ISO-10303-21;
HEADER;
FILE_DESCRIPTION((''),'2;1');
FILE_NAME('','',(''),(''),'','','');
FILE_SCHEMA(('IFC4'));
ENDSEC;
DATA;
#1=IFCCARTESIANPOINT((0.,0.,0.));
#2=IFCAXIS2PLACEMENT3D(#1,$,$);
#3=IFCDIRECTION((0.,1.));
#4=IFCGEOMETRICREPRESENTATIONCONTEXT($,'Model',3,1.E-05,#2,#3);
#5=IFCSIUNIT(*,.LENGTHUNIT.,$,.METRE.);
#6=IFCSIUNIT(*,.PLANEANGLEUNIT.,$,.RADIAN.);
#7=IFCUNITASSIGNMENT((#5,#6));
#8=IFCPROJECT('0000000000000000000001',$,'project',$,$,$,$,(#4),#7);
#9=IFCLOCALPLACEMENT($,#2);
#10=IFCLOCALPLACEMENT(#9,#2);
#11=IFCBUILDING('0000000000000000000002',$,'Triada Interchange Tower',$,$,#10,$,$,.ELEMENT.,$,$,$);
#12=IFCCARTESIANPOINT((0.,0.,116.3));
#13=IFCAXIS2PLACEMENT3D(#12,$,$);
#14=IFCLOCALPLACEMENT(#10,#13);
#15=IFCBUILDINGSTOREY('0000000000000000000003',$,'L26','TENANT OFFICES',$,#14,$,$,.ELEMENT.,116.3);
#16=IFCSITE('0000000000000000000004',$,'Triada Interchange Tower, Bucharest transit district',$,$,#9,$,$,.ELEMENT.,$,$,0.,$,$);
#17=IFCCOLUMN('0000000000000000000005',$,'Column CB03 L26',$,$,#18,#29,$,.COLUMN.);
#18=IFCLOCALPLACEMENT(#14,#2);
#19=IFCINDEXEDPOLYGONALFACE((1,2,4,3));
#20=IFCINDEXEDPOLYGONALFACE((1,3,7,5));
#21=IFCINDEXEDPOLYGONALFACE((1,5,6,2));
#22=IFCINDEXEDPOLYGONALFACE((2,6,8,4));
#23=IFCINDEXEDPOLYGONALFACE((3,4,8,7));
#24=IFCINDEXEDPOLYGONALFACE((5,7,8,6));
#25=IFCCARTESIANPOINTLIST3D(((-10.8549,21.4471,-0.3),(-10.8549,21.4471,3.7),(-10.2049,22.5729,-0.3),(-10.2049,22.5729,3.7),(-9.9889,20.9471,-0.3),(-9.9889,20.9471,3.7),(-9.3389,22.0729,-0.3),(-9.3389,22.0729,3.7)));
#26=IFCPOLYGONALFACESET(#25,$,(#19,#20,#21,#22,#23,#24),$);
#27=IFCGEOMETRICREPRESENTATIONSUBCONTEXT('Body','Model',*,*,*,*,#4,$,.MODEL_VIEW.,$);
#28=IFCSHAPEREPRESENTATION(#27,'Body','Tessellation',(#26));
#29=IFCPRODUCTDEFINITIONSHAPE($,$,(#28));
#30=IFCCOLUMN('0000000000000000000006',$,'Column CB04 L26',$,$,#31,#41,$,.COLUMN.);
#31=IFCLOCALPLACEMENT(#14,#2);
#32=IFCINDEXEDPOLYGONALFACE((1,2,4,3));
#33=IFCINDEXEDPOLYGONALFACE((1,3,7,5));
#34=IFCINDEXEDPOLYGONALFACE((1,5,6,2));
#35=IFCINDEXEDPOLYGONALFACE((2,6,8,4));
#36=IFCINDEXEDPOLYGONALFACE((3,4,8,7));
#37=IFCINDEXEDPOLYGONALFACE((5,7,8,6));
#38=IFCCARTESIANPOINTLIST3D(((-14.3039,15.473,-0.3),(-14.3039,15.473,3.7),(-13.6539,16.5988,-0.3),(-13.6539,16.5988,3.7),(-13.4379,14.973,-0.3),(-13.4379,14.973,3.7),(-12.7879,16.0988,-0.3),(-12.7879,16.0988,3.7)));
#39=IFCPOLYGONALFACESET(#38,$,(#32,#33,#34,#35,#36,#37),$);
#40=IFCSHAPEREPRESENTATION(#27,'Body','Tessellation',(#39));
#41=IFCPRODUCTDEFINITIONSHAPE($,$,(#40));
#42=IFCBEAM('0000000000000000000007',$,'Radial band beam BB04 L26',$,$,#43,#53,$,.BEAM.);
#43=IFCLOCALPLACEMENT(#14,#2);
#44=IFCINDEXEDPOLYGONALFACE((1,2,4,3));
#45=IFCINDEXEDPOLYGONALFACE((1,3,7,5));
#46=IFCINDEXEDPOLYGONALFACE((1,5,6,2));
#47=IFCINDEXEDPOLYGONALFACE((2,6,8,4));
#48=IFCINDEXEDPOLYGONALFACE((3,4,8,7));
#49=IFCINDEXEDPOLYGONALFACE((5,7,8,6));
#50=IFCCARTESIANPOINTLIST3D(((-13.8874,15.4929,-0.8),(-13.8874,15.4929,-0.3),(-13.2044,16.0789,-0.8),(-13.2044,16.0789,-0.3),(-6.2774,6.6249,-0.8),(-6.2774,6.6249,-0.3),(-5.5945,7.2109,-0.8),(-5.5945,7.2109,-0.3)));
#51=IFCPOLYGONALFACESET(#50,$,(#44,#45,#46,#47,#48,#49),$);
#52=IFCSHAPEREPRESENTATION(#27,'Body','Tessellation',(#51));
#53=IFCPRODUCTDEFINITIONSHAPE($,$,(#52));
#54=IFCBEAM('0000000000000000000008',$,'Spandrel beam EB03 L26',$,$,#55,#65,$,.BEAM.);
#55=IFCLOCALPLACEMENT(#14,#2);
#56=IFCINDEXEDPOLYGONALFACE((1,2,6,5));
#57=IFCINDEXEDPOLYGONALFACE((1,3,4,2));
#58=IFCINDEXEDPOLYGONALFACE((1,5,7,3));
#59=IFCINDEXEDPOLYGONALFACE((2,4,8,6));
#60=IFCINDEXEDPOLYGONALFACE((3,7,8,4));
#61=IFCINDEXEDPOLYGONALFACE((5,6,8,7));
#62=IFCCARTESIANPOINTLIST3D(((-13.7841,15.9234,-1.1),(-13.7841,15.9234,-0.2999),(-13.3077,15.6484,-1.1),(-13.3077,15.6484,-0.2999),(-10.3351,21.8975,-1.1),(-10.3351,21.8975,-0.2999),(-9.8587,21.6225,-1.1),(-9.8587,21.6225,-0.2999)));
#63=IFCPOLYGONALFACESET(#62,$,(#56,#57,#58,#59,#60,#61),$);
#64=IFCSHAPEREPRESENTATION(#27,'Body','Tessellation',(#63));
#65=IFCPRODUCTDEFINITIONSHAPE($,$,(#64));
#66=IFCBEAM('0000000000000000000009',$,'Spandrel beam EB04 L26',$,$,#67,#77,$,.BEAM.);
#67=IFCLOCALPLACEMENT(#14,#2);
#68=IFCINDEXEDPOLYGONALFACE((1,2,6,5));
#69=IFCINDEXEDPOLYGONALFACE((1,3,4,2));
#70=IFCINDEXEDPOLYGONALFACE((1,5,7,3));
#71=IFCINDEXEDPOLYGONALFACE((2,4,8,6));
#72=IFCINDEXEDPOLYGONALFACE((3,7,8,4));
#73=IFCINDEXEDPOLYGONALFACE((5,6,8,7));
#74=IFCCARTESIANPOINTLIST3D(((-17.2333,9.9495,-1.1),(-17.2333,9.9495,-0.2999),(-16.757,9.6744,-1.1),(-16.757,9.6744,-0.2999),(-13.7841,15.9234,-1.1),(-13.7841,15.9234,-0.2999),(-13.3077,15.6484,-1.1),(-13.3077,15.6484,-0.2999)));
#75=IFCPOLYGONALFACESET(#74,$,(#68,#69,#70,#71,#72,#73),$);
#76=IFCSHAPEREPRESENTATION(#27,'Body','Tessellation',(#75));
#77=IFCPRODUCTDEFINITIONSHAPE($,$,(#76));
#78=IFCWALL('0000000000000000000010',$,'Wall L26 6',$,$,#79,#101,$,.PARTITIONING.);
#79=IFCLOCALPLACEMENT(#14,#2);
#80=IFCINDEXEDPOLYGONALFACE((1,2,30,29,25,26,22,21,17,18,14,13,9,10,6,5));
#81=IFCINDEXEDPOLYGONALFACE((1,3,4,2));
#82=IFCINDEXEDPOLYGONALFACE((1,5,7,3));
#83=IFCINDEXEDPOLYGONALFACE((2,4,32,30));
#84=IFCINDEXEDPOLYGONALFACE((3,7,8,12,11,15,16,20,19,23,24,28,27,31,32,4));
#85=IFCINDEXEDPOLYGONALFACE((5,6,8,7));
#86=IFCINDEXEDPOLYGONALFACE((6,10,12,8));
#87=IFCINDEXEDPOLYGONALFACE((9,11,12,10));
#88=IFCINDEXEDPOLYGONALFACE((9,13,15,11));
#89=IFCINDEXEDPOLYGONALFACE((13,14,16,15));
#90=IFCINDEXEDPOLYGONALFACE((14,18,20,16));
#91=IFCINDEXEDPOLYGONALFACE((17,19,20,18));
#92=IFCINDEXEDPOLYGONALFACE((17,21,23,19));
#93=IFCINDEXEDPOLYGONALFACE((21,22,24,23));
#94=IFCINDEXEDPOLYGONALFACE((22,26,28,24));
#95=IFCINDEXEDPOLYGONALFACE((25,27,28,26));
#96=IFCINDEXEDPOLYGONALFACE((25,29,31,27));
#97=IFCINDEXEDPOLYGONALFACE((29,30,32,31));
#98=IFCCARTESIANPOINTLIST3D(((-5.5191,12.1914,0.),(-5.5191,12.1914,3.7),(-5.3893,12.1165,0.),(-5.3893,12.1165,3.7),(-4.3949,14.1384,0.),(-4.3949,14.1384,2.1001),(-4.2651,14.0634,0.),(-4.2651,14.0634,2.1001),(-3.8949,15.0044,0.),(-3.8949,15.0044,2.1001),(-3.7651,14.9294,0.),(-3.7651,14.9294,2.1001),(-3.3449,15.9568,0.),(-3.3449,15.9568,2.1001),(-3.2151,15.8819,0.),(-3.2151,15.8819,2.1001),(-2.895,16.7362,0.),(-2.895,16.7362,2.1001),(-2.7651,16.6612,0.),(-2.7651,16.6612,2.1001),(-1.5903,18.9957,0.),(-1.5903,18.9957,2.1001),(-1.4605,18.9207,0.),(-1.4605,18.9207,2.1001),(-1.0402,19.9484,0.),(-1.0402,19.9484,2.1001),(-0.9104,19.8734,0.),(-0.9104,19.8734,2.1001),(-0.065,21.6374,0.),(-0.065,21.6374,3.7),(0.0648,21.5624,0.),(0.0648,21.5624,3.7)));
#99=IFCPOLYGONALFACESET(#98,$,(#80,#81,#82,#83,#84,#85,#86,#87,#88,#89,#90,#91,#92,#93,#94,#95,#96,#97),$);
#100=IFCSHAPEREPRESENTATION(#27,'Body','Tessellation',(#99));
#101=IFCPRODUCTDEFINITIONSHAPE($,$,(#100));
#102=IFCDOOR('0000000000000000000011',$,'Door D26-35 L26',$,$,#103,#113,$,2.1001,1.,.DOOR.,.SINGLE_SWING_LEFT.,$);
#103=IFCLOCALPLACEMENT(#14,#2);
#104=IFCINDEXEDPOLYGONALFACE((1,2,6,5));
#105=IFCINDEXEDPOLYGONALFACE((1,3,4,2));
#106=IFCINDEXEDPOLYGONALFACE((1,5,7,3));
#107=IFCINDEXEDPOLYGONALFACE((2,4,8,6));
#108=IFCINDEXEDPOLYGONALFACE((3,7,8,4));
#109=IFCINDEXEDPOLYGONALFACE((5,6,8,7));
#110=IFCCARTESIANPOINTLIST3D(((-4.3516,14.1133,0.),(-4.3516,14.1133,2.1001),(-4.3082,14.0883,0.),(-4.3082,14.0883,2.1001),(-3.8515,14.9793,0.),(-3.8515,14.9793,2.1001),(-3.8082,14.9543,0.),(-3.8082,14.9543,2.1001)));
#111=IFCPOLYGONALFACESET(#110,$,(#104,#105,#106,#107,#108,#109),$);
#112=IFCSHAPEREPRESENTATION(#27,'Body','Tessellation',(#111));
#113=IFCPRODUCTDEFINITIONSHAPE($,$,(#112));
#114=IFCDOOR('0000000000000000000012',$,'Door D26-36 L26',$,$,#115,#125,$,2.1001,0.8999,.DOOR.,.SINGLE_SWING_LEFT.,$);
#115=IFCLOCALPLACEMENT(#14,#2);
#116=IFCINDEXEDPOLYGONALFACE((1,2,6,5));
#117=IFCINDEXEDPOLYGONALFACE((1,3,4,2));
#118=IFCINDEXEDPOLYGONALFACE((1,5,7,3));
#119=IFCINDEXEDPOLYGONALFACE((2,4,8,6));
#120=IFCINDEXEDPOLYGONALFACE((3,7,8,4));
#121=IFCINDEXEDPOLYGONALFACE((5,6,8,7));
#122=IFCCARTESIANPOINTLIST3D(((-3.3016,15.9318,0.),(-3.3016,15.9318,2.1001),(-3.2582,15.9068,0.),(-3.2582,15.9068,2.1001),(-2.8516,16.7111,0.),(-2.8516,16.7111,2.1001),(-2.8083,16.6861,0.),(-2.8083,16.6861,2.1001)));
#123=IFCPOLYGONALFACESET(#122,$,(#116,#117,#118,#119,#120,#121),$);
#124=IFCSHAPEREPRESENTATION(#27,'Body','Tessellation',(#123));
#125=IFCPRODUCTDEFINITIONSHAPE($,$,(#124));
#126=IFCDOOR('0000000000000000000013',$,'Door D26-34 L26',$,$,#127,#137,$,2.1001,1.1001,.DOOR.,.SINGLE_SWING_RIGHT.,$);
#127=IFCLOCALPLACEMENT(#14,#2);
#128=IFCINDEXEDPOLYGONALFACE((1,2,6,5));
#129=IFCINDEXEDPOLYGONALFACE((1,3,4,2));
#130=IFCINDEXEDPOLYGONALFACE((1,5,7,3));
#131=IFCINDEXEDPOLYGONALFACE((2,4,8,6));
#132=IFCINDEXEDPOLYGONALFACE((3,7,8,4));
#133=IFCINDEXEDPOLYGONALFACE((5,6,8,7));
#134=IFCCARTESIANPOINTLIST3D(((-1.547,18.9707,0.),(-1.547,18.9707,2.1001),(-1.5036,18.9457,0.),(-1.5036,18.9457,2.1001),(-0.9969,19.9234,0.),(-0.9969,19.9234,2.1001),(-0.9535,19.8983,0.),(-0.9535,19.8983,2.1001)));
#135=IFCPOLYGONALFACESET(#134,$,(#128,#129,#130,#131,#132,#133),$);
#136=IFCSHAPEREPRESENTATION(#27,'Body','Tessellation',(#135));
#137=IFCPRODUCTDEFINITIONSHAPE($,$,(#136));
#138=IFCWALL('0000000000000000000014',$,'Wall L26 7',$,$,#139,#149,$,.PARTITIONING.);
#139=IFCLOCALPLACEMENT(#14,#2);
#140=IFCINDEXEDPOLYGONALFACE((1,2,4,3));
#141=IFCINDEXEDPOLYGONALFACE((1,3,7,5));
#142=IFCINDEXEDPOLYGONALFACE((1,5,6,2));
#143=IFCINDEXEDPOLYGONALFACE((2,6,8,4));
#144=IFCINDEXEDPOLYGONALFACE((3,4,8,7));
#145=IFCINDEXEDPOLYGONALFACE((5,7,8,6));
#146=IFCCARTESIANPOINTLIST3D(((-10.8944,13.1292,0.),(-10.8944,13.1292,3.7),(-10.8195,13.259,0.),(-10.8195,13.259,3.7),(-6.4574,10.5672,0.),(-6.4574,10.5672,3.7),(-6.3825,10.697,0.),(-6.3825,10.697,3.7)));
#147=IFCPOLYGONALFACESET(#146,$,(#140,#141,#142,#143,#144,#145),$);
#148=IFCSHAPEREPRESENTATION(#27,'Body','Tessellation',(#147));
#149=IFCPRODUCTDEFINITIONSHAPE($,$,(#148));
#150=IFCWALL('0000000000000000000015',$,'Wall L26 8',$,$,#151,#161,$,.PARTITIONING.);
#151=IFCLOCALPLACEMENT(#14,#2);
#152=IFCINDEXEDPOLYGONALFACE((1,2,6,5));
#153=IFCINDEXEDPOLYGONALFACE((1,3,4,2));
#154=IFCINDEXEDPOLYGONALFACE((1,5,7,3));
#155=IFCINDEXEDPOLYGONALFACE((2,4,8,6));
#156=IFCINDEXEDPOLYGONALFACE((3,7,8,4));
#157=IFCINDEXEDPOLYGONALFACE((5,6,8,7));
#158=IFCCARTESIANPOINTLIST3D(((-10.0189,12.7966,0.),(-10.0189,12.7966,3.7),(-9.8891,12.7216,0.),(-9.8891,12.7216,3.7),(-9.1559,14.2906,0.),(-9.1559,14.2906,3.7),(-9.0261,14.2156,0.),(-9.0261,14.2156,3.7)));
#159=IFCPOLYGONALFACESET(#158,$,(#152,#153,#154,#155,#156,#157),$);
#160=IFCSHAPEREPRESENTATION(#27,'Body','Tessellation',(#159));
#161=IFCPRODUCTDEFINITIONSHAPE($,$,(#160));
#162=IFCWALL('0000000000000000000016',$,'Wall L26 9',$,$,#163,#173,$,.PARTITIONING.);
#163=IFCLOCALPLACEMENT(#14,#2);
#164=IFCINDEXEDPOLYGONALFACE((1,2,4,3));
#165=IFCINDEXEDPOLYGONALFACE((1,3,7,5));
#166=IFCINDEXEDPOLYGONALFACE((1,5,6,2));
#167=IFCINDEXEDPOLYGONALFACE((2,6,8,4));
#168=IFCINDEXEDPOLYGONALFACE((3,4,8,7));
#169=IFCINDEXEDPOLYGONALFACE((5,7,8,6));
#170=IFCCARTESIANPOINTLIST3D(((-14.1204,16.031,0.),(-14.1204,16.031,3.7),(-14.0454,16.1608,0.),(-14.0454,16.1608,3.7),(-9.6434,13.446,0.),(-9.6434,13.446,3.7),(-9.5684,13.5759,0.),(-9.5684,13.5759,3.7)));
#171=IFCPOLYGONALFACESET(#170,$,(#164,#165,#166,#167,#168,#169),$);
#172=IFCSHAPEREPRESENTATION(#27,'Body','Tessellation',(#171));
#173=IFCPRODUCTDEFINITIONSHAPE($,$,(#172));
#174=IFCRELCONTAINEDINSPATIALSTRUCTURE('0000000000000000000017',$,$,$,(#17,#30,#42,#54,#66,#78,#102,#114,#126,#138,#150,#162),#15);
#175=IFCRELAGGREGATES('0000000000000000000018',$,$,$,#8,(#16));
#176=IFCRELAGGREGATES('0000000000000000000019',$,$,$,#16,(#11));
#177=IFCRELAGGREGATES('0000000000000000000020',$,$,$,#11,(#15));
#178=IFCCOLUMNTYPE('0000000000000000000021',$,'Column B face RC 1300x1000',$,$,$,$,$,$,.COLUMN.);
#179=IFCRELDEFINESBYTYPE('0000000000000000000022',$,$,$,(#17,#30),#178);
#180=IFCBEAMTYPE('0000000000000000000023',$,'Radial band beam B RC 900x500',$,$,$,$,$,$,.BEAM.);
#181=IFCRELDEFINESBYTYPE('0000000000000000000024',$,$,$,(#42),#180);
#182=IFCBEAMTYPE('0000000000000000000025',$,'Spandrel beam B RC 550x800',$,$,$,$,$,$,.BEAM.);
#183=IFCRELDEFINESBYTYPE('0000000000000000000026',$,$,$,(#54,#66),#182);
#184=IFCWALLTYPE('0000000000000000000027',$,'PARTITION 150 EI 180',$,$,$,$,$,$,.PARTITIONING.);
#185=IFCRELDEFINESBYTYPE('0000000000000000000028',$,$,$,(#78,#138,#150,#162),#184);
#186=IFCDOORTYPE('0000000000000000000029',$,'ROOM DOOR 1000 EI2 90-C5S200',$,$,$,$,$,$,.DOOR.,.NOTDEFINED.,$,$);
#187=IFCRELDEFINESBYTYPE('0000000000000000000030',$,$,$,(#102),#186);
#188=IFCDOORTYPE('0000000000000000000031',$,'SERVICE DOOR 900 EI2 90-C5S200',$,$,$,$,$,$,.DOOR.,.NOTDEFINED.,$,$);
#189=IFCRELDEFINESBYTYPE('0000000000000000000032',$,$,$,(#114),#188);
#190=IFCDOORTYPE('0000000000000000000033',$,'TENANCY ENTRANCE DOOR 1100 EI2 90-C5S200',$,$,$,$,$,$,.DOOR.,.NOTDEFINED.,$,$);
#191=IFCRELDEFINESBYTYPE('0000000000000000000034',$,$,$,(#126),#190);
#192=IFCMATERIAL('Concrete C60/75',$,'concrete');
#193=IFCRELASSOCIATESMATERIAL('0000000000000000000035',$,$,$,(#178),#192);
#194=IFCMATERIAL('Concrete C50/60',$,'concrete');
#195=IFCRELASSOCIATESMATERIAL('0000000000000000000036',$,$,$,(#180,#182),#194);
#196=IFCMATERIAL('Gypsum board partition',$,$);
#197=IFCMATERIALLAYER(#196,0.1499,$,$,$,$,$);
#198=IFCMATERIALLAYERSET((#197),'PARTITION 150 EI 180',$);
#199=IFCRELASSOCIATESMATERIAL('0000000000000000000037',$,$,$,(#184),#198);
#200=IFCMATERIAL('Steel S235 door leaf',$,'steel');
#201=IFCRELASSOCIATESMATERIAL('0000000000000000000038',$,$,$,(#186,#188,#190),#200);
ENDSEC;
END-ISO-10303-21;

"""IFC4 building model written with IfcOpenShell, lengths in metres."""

from ifc_helpers import new_model, si_unit, direction, frame, frame_2d, origin, origin_2d, place, context, subcontext, project, spatial, rectangle, extrude, material, layer, layer_set, material_profile, profile_set, type_object, element, fill, save


model = new_model("IFC4")

# Units and contexts
model_context = context("Model", 3, precision=1e-05, world=origin(), true_north=direction((0.0, 1.0)))
body_context = subcontext(model_context, "Body", "Model", "MODEL_VIEW")
ifc_project = project(units=[si_unit("LENGTHUNIT", "METRE"), si_unit("PLANEANGLEUNIT", "RADIAN")], contexts=[model_context])

# Site, building, storey
site_placement = place(None, origin())
site = spatial("IfcSite", under=ifc_project, at=site_placement, Name="Triada Interchange Tower, Bucharest transit district", CompositionType="ELEMENT", RefElevation=0.0)
building_placement = place(site_placement, origin())
building = spatial("IfcBuilding", under=site, at=building_placement, Name="Triada Interchange Tower", CompositionType="ELEMENT")
storey_placement = place(building_placement, frame((0.0, 0.0, 116.3)))
storey = spatial("IfcBuildingStorey", under=building, at=storey_placement, Name="L26", Description="TENANT OFFICES", CompositionType="ELEMENT", Elevation=116.3)

# Columns
ifc_material_1 = material(Name="Concrete C60/75", Category="concrete")
ifc_material_profile_1 = material_profile(ifc_material_1, rectangle(XDim=1.3, YDim=1.0, at=origin_2d()), Name="RC 1300x1000")
ifc_profile_set_1 = profile_set([ifc_material_profile_1], Name="Concrete C60/75")
column_type = type_object("IfcColumnType", Name="Column B face RC 1300x1000", PredefinedType="COLUMN", material=ifc_profile_set_1)
for number, where, z_axis, x_axis, name in (
    (1, (-10.0969, 21.76, -0.3), (0.0, 0.0, 1.0), (0.5, 0.866025, 0.0), "Column CB03 L26"),
    (2, (-13.5459, 15.7859, -0.3), (0.0, 0.0, 1.0), (0.5, 0.866025, 0.0), "Column CB04 L26"),
):
    element("IfcColumn", number, at=place(storey_placement, frame(where, z_axis=z_axis, x_axis=x_axis)), inside=storey, type_object=column_type, Name=name, PredefinedType="COLUMN", context=body_context, shape_type="SweptSolid", body=[
        extrude(rectangle(XDim=1.3, YDim=1.0, at=origin_2d()), origin(), (0.0, 0.0, 1.0), 4.0),
    ])

# Beams
ifc_material_2 = material(Name="Concrete C50/60", Category="concrete")
ifc_material_profile_2 = material_profile(ifc_material_2, rectangle(XDim=0.8999, YDim=0.5, at=origin_2d()), Name="RC 900x500")
ifc_profile_set_2 = profile_set([ifc_material_profile_2], Name="Concrete C50/60")
beam_type_1 = type_object("IfcBeamType", Name="Radial band beam B RC 900x500", PredefinedType="BEAM", material=ifc_profile_set_2)
beam_placement = place(storey_placement, frame((-13.5459, 15.7859, -0.55), z_axis=(0.651225, -0.758885, 0.0), x_axis=(0.758885, 0.651225, 0.0)))
element("IfcBeam", 3, at=beam_placement, inside=storey, type_object=beam_type_1, Name="Radial band beam BB04 L26", PredefinedType="BEAM", context=body_context, shape_type="SweptSolid", body=[
    extrude(rectangle(XDim=0.8999, YDim=0.5, at=origin_2d()), origin(), (0.0, 0.0, 1.0), 11.6855),
])
ifc_material_profile_3 = material_profile(ifc_material_2, rectangle(XDim=0.55, YDim=0.8, at=origin_2d()), Name="RC 550x800")
ifc_profile_set_3 = profile_set([ifc_material_profile_3], Name="Concrete C50/60")
beam_type_2 = type_object("IfcBeamType", Name="Spandrel beam B RC 550x800", PredefinedType="BEAM", material=ifc_profile_set_3)
for number, where, z_axis, x_axis, name in (
    (4, (-10.0969, 21.76, -0.7), (-0.49998, -0.866037, 0.0), (0.866037, -0.49998, 0.0), "Spandrel beam EB03 L26"),
    (5, (-13.5459, 15.7859, -0.7), (-0.500022, -0.866013, 0.0), (0.866013, -0.500022, 0.0), "Spandrel beam EB04 L26"),
):
    element("IfcBeam", number, at=place(storey_placement, frame(where, z_axis=z_axis, x_axis=x_axis)), inside=storey, type_object=beam_type_2, Name=name, PredefinedType="BEAM", context=body_context, shape_type="SweptSolid", body=[
        extrude(rectangle(XDim=0.55, YDim=0.8, at=origin_2d()), origin(), (0.0, 0.0, 1.0), 6.8982),
    ])

# Shared definitions
ifc_material_3 = material(Name="Steel S235 door leaf", Category="steel")

# Wall, openings, doors
ifc_material_4 = material(Name="Gypsum board partition")
ifc_layer_1 = layer(ifc_material_4, 0.1499)
ifc_layer_set_1 = layer_set([ifc_layer_1], Name="PARTITION 150 EI 180")
wall_type_1 = type_object("IfcWallType", Name="PARTITION 150 EI 180", PredefinedType="PARTITIONING", material=ifc_layer_set_1)
wall_1_placement = place(storey_placement, frame((-5.4541, 12.1541, 0.0), z_axis=(0.0, 0.0, 1.0), x_axis=(0.500029, 0.866009, 0.0)))
wall_1 = element("IfcWall", 6, at=wall_1_placement, inside=storey, type_object=wall_type_1, Name="Wall L26 6", PredefinedType="PARTITIONING", context=body_context, shape_type="SweptSolid", body=[
    extrude(rectangle(XDim=10.9075, YDim=0.1499, at=frame_2d((5.4536, 0.0))), origin(), (0.0, 0.0, 1.0), 3.7),
])
opening_1_placement = place(wall_1_placement, frame((7.8569, 0.0, 0.0)))
opening_1 = element("IfcOpeningElement", 7, at=opening_1_placement, cuts=wall_1, PredefinedType="OPENING", context=body_context, shape_type="SweptSolid", body=[
    extrude(rectangle(XDim=1.1001, YDim=2.1001, at=frame_2d((0.55, 1.05))), frame((0.0, 0.085, 0.0), z_axis=(0.0, -1.0, 0.0), x_axis=(1.0, 0.0, 0.0)), (0.0, 0.0, 1.0), 0.1699),
])
opening_2_placement = place(wall_1_placement, frame((2.248, 0.0, 0.0)))
opening_2 = element("IfcOpeningElement", 8, at=opening_2_placement, cuts=wall_1, PredefinedType="OPENING", context=body_context, shape_type="SweptSolid", body=[
    extrude(rectangle(XDim=1.0, YDim=2.1001, at=frame_2d((0.5, 1.05))), frame((0.0, 0.085, 0.0), z_axis=(0.0, -1.0, 0.0), x_axis=(1.0, 0.0, 0.0)), (0.0, 0.0, 1.0), 0.1699),
])
opening_3_placement = place(wall_1_placement, frame((4.3479, 0.0, 0.0)))
opening_3 = element("IfcOpeningElement", 9, at=opening_3_placement, cuts=wall_1, PredefinedType="OPENING", context=body_context, shape_type="SweptSolid", body=[
    extrude(rectangle(XDim=0.8999, YDim=2.1001, at=frame_2d((0.45, 1.05))), frame((0.0, 0.085, 0.0), z_axis=(0.0, -1.0, 0.0), x_axis=(1.0, 0.0, 0.0)), (0.0, 0.0, 1.0), 0.1699),
])
door_type_1 = type_object("IfcDoorType", Name="ROOM DOOR 1000 EI2 90-C5S200", OperationType="NOTDEFINED", PredefinedType="DOOR", material=ifc_material_3)
door_1_placement = place(opening_2_placement, origin())
door_1 = element("IfcDoor", 10, at=door_1_placement, inside=storey, type_object=door_type_1, Name="Door D26-35 L26", OperationType="SINGLE_SWING_LEFT", OverallHeight=2.1001, OverallWidth=1.0, PredefinedType="DOOR", context=body_context, shape_type="SweptSolid", body=[
    extrude(rectangle(XDim=1.0, YDim=2.1001, at=frame_2d((0.5, 1.05))), frame((0.0, 0.0249, 0.0), z_axis=(0.0, -1.0, 0.0), x_axis=(1.0, 0.0, 0.0)), (0.0, 0.0, 1.0), 0.05),
])
fill(opening_2, door_1)
door_type_2 = type_object("IfcDoorType", Name="SERVICE DOOR 900 EI2 90-C5S200", OperationType="NOTDEFINED", PredefinedType="DOOR", material=ifc_material_3)
door_2_placement = place(opening_3_placement, origin())
door_2 = element("IfcDoor", 11, at=door_2_placement, inside=storey, type_object=door_type_2, Name="Door D26-36 L26", OperationType="SINGLE_SWING_LEFT", OverallHeight=2.1001, OverallWidth=0.8999, PredefinedType="DOOR", context=body_context, shape_type="SweptSolid", body=[
    extrude(rectangle(XDim=0.8999, YDim=2.1001, at=frame_2d((0.45, 1.05))), frame((0.0, 0.0249, 0.0), z_axis=(0.0, -1.0, 0.0), x_axis=(1.0, 0.0, 0.0)), (0.0, 0.0, 1.0), 0.05),
])
fill(opening_3, door_2)
door_type_3 = type_object("IfcDoorType", Name="TENANCY ENTRANCE DOOR 1100 EI2 90-C5S200", OperationType="NOTDEFINED", PredefinedType="DOOR", material=ifc_material_3)
door_3_placement = place(opening_1_placement, origin())
door_3 = element("IfcDoor", 12, at=door_3_placement, inside=storey, type_object=door_type_3, Name="Door D26-34 L26", OperationType="SINGLE_SWING_RIGHT", OverallHeight=2.1001, OverallWidth=1.1001, PredefinedType="DOOR", context=body_context, shape_type="SweptSolid", body=[
    extrude(rectangle(XDim=1.1001, YDim=2.1001, at=frame_2d((0.55, 1.05))), frame((0.0, 0.0249, 0.0), z_axis=(0.0, -1.0, 0.0), x_axis=(1.0, 0.0, 0.0)), (0.0, 0.0, 1.0), 0.05),
])
fill(opening_1, door_3)

# Walls
wall_2_placement = place(storey_placement, frame((-10.8569, 13.1941, 0.0), z_axis=(0.0, 0.0, 1.0), x_axis=(0.866, -0.500044, 0.0)))
element("IfcWall", 13, at=wall_2_placement, inside=storey, type_object=wall_type_1, Name="Wall L26 7", PredefinedType="PARTITIONING", context=body_context, shape_type="SweptSolid", body=[
    extrude(rectangle(XDim=5.1235, YDim=0.1499, at=frame_2d((2.5618, 0.0))), origin(), (0.0, 0.0, 1.0), 3.7),
])
wall_3_placement = place(storey_placement, frame((-9.9541, 12.759, 0.0), z_axis=(0.0, 0.0, 1.0), x_axis=(0.500233, 0.865891, 0.0)))
element("IfcWall", 14, at=wall_3_placement, inside=storey, type_object=wall_type_1, Name="Wall L26 8", PredefinedType="PARTITIONING", context=body_context, shape_type="SweptSolid", body=[
    extrude(rectangle(XDim=1.7253, YDim=0.1499, at=frame_2d((0.8628, 0.0))), origin(), (0.0, 0.0, 1.0), 3.7),
])
wall_4_placement = place(storey_placement, frame((-14.083, 16.0959, 0.0), z_axis=(0.0, 0.0, 1.0), x_axis=(0.866014, -0.50002, 0.0)))
element("IfcWall", 15, at=wall_4_placement, inside=storey, type_object=wall_type_1, Name="Wall L26 9", PredefinedType="PARTITIONING", context=body_context, shape_type="SweptSolid", body=[
    extrude(rectangle(XDim=5.1697, YDim=0.1499, at=frame_2d((2.585, 0.0))), origin(), (0.0, 0.0, 1.0), 3.7),
])

save(model, "model.ifc")
